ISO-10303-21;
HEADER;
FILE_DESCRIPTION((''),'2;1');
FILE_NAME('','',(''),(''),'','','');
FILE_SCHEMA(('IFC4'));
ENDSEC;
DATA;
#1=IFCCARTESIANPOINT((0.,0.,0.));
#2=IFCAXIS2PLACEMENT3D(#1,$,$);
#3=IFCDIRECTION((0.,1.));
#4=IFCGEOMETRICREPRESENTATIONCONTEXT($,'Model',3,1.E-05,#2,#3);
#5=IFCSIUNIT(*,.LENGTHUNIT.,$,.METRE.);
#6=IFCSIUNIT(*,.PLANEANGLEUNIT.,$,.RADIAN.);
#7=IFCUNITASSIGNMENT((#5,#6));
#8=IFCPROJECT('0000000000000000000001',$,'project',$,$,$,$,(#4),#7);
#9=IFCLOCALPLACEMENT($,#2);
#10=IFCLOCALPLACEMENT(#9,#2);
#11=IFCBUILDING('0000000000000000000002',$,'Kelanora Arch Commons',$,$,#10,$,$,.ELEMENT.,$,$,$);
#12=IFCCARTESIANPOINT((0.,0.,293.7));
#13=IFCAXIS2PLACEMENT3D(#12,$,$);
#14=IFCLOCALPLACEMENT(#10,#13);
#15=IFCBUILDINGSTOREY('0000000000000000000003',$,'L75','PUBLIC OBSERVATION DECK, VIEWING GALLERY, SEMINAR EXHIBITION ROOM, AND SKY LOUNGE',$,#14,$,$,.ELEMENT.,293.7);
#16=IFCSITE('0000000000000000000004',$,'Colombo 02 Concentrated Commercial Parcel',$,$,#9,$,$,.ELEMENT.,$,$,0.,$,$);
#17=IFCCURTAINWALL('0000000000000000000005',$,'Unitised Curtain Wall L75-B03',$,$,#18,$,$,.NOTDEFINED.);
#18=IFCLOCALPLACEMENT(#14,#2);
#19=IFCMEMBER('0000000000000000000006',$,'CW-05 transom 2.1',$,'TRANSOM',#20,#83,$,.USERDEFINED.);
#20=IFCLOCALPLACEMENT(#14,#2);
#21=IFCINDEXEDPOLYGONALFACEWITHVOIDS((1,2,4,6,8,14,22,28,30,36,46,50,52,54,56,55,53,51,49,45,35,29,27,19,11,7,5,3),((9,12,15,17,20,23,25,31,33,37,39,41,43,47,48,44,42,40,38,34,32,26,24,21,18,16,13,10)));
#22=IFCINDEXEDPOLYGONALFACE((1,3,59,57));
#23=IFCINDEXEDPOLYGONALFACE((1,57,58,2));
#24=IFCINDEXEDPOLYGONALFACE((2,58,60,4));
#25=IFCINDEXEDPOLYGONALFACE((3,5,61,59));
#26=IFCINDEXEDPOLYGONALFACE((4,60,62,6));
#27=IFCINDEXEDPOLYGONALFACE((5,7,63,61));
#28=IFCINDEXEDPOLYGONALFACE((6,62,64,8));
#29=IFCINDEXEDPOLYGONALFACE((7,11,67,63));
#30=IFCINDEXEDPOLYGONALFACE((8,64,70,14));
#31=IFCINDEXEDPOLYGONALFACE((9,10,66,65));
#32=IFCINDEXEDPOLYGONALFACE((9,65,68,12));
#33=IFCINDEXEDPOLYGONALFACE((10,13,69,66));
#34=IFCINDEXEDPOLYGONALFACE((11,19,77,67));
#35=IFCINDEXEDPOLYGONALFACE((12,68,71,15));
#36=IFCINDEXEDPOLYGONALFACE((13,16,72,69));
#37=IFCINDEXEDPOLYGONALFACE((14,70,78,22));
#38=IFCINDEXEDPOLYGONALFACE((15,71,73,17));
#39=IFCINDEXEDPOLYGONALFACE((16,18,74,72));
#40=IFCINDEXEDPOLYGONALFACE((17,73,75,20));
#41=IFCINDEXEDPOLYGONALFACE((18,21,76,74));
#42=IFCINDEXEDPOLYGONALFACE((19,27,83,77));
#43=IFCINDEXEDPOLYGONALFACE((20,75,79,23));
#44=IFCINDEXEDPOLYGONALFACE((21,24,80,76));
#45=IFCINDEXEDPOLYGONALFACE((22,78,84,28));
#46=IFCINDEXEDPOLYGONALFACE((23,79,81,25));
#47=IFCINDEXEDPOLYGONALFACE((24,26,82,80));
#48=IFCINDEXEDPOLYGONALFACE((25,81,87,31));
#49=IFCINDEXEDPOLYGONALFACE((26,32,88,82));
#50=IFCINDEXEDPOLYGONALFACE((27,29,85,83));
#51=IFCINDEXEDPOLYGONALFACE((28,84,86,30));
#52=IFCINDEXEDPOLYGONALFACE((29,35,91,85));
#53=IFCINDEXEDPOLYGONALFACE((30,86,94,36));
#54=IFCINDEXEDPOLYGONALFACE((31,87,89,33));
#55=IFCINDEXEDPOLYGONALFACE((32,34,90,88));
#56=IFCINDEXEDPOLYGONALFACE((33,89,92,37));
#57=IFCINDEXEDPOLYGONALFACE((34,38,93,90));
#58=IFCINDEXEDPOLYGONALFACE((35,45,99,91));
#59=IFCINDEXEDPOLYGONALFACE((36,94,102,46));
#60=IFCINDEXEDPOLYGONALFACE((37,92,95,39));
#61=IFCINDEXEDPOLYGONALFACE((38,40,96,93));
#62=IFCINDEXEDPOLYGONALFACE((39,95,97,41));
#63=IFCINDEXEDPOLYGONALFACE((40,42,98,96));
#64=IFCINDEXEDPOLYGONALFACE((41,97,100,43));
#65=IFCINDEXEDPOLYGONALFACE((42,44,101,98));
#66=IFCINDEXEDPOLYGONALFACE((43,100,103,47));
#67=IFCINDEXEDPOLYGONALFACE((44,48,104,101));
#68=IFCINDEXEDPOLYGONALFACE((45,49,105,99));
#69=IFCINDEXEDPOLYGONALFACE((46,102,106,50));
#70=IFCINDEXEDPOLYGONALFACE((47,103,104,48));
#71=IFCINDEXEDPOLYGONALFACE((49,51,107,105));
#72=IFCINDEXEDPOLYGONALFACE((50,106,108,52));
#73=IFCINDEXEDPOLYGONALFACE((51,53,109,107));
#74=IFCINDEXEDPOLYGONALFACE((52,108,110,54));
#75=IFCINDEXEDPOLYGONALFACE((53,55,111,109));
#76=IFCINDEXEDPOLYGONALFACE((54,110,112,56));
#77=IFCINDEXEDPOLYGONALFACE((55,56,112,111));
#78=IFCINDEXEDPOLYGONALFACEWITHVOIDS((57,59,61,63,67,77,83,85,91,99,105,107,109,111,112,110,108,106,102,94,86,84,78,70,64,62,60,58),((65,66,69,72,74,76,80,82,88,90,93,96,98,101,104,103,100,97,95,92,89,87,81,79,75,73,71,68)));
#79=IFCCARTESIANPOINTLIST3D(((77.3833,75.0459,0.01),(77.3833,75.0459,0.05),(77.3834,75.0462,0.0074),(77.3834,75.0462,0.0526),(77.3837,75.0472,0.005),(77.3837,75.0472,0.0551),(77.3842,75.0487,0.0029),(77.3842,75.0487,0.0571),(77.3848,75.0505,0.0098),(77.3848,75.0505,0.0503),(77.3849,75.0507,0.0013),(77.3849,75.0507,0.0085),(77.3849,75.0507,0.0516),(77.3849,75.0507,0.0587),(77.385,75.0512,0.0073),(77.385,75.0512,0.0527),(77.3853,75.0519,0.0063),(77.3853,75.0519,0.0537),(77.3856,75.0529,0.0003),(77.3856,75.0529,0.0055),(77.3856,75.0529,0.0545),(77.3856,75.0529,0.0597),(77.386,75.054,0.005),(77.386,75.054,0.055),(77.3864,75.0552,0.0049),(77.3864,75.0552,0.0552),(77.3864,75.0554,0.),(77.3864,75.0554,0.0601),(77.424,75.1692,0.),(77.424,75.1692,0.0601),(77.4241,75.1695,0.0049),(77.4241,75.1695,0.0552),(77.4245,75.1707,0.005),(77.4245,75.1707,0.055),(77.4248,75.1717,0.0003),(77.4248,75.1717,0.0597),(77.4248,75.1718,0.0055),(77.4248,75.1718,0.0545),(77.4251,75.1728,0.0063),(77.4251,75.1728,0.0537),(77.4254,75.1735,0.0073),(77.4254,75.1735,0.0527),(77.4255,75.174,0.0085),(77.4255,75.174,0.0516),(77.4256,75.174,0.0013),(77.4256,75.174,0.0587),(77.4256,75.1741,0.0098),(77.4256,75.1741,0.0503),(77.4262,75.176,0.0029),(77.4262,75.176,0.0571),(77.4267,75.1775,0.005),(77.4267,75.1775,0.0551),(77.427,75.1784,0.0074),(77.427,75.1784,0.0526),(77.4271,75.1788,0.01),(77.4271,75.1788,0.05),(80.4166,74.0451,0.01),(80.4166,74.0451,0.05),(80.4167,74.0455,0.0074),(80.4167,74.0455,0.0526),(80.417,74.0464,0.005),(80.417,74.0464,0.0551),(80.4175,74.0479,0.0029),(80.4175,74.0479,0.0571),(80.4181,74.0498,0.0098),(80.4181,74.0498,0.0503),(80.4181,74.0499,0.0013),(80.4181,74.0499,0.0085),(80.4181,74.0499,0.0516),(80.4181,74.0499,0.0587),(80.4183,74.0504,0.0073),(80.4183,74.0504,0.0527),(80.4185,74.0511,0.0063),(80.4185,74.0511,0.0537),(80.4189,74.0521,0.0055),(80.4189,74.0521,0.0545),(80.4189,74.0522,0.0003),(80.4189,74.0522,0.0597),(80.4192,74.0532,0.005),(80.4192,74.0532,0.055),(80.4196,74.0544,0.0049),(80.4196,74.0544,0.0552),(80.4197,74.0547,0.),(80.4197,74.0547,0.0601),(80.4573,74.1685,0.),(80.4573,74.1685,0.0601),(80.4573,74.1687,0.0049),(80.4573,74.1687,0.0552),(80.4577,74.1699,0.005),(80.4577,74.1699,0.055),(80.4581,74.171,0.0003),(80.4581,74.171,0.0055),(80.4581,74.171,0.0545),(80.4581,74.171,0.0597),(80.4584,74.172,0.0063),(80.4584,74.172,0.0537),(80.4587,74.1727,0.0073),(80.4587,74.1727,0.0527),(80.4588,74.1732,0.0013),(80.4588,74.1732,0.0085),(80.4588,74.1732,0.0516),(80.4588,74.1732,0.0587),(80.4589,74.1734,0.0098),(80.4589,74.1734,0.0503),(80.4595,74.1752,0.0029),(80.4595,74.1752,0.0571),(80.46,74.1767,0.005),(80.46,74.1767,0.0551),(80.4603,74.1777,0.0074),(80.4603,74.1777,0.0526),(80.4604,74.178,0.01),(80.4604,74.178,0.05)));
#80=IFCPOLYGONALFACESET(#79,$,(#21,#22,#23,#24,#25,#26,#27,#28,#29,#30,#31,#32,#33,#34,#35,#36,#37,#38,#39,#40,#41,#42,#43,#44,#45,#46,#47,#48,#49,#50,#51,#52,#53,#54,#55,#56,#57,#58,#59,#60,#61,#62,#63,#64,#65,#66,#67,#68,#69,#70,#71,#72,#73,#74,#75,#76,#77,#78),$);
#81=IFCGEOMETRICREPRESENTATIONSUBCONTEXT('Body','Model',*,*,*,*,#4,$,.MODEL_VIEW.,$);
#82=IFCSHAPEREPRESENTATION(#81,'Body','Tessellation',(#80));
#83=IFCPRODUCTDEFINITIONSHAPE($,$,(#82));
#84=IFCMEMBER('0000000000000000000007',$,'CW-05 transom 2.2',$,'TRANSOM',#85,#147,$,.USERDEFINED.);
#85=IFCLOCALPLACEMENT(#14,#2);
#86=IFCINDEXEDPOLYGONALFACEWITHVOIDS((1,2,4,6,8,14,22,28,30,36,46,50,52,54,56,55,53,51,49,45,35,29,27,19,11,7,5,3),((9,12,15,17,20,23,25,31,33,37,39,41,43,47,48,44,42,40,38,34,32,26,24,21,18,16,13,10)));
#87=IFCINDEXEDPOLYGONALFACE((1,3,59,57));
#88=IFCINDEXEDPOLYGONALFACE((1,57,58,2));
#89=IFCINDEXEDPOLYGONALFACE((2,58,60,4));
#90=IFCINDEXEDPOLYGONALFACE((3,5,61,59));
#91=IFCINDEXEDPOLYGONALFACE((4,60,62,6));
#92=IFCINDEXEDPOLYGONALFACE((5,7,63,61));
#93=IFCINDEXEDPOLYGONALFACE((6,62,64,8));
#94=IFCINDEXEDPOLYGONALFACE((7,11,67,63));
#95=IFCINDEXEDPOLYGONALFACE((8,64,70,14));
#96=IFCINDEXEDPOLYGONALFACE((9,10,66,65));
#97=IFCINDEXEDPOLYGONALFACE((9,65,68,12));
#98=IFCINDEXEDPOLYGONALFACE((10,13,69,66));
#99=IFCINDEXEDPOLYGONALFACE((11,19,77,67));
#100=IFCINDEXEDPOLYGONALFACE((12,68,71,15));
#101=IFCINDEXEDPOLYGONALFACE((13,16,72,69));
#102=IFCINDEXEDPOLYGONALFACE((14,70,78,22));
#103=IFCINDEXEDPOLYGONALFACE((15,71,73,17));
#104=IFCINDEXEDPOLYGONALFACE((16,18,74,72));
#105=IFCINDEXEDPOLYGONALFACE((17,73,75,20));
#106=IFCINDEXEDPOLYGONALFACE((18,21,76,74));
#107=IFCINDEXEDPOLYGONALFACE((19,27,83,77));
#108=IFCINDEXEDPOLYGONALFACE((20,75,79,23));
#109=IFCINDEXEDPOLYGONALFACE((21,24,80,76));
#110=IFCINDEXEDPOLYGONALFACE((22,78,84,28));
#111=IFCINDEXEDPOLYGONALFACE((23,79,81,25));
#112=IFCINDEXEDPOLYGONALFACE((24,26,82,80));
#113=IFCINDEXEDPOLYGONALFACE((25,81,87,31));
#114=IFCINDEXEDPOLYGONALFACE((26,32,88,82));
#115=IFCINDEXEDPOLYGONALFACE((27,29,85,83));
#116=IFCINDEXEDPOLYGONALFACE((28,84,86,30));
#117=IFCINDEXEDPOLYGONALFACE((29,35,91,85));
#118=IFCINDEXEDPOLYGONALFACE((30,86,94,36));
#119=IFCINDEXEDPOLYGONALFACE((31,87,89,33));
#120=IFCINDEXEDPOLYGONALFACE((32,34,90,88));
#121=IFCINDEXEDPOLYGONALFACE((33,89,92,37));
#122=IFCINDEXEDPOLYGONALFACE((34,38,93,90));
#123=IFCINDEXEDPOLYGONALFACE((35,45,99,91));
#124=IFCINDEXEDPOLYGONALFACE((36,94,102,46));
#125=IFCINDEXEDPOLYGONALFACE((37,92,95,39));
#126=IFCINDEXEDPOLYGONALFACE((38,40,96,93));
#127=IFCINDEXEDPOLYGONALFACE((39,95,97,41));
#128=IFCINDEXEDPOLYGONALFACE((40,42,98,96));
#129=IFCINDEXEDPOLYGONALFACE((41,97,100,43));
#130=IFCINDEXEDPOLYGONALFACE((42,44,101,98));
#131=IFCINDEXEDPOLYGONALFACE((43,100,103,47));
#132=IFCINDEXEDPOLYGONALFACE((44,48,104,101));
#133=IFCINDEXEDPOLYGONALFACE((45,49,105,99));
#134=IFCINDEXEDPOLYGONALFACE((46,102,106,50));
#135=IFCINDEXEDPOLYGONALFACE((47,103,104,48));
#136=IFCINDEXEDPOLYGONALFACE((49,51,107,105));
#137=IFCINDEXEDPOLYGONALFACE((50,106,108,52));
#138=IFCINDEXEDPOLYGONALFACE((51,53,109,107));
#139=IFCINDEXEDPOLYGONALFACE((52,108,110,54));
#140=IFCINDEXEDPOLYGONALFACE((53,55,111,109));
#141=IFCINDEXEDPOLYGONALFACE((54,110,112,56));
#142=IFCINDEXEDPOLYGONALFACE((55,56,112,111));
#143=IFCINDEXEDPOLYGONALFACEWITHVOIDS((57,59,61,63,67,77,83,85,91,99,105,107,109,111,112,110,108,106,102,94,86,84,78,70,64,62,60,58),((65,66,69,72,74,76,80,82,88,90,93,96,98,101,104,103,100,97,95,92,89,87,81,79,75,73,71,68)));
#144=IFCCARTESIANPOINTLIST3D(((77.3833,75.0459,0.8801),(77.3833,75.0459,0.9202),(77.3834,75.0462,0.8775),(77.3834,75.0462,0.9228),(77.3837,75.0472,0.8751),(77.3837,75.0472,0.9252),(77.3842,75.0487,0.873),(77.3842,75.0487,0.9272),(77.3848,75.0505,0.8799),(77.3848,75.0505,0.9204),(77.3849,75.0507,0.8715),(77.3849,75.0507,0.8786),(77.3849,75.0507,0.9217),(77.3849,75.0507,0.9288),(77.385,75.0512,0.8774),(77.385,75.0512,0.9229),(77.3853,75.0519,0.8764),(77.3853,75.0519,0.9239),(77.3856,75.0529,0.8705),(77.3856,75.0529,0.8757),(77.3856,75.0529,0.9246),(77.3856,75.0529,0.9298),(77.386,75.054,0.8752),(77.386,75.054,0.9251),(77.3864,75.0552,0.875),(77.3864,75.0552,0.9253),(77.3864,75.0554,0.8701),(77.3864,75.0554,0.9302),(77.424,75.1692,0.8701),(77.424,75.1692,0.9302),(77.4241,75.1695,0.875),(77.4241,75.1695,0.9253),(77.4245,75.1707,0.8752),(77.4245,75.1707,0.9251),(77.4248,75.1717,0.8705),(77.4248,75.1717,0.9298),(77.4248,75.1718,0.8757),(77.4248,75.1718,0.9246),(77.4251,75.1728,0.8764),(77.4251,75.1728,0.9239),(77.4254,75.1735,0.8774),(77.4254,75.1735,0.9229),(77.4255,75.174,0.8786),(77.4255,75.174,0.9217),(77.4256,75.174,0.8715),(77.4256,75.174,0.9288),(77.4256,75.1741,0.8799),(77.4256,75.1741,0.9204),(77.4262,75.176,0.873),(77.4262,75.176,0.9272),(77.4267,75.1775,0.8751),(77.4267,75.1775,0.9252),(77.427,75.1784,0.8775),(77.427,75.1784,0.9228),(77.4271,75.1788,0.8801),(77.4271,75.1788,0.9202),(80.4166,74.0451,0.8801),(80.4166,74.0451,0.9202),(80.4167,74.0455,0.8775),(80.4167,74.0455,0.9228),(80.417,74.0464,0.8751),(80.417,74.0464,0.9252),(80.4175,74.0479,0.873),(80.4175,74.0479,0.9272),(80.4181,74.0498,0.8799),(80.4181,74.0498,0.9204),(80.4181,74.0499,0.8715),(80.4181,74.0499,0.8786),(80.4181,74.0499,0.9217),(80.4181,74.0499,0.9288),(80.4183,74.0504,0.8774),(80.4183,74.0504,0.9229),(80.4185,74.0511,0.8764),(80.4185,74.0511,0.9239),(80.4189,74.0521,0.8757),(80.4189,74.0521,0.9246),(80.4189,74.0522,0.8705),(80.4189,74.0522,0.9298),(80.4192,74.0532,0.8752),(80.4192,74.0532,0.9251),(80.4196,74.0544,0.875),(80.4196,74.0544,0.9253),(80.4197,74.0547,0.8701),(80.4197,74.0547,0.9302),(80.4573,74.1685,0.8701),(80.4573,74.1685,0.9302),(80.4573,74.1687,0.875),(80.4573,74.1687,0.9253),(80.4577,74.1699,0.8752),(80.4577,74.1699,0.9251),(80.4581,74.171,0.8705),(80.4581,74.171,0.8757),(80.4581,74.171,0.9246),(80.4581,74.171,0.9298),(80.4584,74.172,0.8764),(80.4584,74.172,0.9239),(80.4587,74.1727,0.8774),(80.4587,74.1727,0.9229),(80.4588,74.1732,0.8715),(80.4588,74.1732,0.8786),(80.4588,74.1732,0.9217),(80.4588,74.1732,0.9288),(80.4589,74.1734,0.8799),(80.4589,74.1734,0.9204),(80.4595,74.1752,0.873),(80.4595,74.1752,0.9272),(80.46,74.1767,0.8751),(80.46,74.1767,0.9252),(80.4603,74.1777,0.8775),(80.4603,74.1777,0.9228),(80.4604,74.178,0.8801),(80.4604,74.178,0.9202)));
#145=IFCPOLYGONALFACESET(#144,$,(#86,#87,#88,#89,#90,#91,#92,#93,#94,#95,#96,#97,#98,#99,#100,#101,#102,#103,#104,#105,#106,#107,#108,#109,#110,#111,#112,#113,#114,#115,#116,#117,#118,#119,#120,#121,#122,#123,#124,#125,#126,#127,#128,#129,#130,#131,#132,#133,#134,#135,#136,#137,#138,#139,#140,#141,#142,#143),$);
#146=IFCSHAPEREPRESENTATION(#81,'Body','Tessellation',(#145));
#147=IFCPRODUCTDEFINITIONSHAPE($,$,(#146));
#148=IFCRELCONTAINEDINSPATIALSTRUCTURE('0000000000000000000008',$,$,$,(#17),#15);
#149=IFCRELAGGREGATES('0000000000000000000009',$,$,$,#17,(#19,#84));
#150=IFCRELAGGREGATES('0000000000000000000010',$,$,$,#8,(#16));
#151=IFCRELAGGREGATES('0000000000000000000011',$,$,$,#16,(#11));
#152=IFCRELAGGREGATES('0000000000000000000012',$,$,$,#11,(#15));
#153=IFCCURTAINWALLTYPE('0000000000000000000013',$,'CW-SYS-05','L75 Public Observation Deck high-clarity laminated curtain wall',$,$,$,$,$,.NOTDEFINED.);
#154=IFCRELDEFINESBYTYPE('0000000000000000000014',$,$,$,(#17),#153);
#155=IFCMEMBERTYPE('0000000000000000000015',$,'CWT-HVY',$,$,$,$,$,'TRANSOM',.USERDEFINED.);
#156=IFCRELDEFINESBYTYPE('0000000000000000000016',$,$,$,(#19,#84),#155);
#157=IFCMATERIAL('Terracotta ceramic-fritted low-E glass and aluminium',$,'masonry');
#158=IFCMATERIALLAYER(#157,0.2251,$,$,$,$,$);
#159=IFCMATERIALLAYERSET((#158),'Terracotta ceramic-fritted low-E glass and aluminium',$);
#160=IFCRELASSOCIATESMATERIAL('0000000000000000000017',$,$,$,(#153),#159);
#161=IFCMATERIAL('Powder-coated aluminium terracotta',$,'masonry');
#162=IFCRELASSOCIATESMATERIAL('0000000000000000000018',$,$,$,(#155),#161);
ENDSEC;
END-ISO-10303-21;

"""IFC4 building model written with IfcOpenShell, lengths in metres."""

from ifc_helpers import new_model, si_unit, direction, frame, origin, origin_2d, place, context, subcontext, project, spatial, hollow_rectangle, extrude, material, layer, layer_set, material_profile, profile_set, type_object, element, aggregate, save


model = new_model("IFC4")

# Units and contexts
model_context = context("Model", 3, precision=1e-05, world=origin(), true_north=direction((0.0, 1.0)))
body_context = subcontext(model_context, "Body", "Model", "MODEL_VIEW")
ifc_project = project(units=[si_unit("LENGTHUNIT", "METRE"), si_unit("PLANEANGLEUNIT", "RADIAN")], contexts=[model_context])

# Site, building, storey
site_placement = place(None, origin())
site = spatial("IfcSite", under=ifc_project, at=site_placement, Name="Colombo 02 Concentrated Commercial Parcel", CompositionType="ELEMENT", RefElevation=0.0)
building_placement = place(site_placement, origin())
building = spatial("IfcBuilding", under=site, at=building_placement, Name="Kelanora Arch Commons", CompositionType="ELEMENT")
storey_placement = place(building_placement, frame((0.0, 0.0, 293.7)))
storey = spatial("IfcBuildingStorey", under=building, at=storey_placement, Name="L75", Description="PUBLIC OBSERVATION DECK, VIEWING GALLERY, SEMINAR EXHIBITION ROOM, AND SKY LOUNGE", CompositionType="ELEMENT", Elevation=293.7)

# Curtain wall
ifc_material_1 = material(Name="Terracotta ceramic-fritted low-E glass and aluminium", Category="masonry")
ifc_layer_1 = layer(ifc_material_1, 0.2251)
ifc_layer_set_1 = layer_set([ifc_layer_1], Name="Terracotta ceramic-fritted low-E glass and aluminium")
curtain_wall_type = type_object("IfcCurtainWallType", Name="CW-SYS-05", Description="L75 Public Observation Deck high-clarity laminated curtain wall", PredefinedType="NOTDEFINED", material=ifc_layer_set_1)
curtain_wall_1_placement = place(storey_placement, origin())
curtain_wall_1 = element("IfcCurtainWall", 1, at=curtain_wall_1_placement, inside=storey, type_object=curtain_wall_type, Name="Unitised Curtain Wall L75-B03", PredefinedType="NOTDEFINED")
ifc_material_2 = material(Name="Powder-coated aluminium terracotta", Category="masonry")

# Members
ifc_material_profile_1 = material_profile(ifc_material_2, hollow_rectangle(XDim=0.1399, YDim=0.0601, WallThickness=0.0049, InnerFilletRadius=0.0049, OuterFilletRadius=0.01, at=origin_2d()), Name="CWT140x60")
ifc_profile_set_1 = profile_set([ifc_material_profile_1], Name="Powder-coated aluminium terracotta")
member_type_1 = type_object("IfcMemberType", Name="CWT-HVY", ElementType="TRANSOM", PredefinedType="USERDEFINED", material=ifc_profile_set_1)
member_1_placement = place(storey_placement, frame((80.4385, 74.1116, 0.03), z_axis=(-0.94965, 0.313314, 0.0), x_axis=(-0.313314, -0.94965, 0.0)))
member_1 = element("IfcMember", 2, at=member_1_placement, type_object=member_type_1, Name="CW-05 transom 2.1", ObjectType="TRANSOM", PredefinedType="USERDEFINED", context=body_context, shape_type="SweptSolid", body=[
    extrude(hollow_rectangle(XDim=0.1399, YDim=0.0601, WallThickness=0.0049, InnerFilletRadius=0.0049, OuterFilletRadius=0.01, at=origin_2d()), origin(), (0.0, 0.0, 1.0), 3.1941),
])
member_2_placement = place(storey_placement, frame((80.4385, 74.1116, 0.9001), z_axis=(-0.94965, 0.313314, 0.0), x_axis=(-0.313314, -0.94965, 0.0)))
member_2 = element("IfcMember", 3, at=member_2_placement, type_object=member_type_1, Name="CW-05 transom 2.2", ObjectType="TRANSOM", PredefinedType="USERDEFINED", context=body_context, shape_type="SweptSolid", body=[
    extrude(hollow_rectangle(XDim=0.1399, YDim=0.0601, WallThickness=0.0049, InnerFilletRadius=0.0049, OuterFilletRadius=0.01, at=origin_2d()), origin(), (0.0, 0.0, 1.0), 3.1941),
])

aggregate(curtain_wall_1, [member_1, member_2])

save(model, "model.ifc")
